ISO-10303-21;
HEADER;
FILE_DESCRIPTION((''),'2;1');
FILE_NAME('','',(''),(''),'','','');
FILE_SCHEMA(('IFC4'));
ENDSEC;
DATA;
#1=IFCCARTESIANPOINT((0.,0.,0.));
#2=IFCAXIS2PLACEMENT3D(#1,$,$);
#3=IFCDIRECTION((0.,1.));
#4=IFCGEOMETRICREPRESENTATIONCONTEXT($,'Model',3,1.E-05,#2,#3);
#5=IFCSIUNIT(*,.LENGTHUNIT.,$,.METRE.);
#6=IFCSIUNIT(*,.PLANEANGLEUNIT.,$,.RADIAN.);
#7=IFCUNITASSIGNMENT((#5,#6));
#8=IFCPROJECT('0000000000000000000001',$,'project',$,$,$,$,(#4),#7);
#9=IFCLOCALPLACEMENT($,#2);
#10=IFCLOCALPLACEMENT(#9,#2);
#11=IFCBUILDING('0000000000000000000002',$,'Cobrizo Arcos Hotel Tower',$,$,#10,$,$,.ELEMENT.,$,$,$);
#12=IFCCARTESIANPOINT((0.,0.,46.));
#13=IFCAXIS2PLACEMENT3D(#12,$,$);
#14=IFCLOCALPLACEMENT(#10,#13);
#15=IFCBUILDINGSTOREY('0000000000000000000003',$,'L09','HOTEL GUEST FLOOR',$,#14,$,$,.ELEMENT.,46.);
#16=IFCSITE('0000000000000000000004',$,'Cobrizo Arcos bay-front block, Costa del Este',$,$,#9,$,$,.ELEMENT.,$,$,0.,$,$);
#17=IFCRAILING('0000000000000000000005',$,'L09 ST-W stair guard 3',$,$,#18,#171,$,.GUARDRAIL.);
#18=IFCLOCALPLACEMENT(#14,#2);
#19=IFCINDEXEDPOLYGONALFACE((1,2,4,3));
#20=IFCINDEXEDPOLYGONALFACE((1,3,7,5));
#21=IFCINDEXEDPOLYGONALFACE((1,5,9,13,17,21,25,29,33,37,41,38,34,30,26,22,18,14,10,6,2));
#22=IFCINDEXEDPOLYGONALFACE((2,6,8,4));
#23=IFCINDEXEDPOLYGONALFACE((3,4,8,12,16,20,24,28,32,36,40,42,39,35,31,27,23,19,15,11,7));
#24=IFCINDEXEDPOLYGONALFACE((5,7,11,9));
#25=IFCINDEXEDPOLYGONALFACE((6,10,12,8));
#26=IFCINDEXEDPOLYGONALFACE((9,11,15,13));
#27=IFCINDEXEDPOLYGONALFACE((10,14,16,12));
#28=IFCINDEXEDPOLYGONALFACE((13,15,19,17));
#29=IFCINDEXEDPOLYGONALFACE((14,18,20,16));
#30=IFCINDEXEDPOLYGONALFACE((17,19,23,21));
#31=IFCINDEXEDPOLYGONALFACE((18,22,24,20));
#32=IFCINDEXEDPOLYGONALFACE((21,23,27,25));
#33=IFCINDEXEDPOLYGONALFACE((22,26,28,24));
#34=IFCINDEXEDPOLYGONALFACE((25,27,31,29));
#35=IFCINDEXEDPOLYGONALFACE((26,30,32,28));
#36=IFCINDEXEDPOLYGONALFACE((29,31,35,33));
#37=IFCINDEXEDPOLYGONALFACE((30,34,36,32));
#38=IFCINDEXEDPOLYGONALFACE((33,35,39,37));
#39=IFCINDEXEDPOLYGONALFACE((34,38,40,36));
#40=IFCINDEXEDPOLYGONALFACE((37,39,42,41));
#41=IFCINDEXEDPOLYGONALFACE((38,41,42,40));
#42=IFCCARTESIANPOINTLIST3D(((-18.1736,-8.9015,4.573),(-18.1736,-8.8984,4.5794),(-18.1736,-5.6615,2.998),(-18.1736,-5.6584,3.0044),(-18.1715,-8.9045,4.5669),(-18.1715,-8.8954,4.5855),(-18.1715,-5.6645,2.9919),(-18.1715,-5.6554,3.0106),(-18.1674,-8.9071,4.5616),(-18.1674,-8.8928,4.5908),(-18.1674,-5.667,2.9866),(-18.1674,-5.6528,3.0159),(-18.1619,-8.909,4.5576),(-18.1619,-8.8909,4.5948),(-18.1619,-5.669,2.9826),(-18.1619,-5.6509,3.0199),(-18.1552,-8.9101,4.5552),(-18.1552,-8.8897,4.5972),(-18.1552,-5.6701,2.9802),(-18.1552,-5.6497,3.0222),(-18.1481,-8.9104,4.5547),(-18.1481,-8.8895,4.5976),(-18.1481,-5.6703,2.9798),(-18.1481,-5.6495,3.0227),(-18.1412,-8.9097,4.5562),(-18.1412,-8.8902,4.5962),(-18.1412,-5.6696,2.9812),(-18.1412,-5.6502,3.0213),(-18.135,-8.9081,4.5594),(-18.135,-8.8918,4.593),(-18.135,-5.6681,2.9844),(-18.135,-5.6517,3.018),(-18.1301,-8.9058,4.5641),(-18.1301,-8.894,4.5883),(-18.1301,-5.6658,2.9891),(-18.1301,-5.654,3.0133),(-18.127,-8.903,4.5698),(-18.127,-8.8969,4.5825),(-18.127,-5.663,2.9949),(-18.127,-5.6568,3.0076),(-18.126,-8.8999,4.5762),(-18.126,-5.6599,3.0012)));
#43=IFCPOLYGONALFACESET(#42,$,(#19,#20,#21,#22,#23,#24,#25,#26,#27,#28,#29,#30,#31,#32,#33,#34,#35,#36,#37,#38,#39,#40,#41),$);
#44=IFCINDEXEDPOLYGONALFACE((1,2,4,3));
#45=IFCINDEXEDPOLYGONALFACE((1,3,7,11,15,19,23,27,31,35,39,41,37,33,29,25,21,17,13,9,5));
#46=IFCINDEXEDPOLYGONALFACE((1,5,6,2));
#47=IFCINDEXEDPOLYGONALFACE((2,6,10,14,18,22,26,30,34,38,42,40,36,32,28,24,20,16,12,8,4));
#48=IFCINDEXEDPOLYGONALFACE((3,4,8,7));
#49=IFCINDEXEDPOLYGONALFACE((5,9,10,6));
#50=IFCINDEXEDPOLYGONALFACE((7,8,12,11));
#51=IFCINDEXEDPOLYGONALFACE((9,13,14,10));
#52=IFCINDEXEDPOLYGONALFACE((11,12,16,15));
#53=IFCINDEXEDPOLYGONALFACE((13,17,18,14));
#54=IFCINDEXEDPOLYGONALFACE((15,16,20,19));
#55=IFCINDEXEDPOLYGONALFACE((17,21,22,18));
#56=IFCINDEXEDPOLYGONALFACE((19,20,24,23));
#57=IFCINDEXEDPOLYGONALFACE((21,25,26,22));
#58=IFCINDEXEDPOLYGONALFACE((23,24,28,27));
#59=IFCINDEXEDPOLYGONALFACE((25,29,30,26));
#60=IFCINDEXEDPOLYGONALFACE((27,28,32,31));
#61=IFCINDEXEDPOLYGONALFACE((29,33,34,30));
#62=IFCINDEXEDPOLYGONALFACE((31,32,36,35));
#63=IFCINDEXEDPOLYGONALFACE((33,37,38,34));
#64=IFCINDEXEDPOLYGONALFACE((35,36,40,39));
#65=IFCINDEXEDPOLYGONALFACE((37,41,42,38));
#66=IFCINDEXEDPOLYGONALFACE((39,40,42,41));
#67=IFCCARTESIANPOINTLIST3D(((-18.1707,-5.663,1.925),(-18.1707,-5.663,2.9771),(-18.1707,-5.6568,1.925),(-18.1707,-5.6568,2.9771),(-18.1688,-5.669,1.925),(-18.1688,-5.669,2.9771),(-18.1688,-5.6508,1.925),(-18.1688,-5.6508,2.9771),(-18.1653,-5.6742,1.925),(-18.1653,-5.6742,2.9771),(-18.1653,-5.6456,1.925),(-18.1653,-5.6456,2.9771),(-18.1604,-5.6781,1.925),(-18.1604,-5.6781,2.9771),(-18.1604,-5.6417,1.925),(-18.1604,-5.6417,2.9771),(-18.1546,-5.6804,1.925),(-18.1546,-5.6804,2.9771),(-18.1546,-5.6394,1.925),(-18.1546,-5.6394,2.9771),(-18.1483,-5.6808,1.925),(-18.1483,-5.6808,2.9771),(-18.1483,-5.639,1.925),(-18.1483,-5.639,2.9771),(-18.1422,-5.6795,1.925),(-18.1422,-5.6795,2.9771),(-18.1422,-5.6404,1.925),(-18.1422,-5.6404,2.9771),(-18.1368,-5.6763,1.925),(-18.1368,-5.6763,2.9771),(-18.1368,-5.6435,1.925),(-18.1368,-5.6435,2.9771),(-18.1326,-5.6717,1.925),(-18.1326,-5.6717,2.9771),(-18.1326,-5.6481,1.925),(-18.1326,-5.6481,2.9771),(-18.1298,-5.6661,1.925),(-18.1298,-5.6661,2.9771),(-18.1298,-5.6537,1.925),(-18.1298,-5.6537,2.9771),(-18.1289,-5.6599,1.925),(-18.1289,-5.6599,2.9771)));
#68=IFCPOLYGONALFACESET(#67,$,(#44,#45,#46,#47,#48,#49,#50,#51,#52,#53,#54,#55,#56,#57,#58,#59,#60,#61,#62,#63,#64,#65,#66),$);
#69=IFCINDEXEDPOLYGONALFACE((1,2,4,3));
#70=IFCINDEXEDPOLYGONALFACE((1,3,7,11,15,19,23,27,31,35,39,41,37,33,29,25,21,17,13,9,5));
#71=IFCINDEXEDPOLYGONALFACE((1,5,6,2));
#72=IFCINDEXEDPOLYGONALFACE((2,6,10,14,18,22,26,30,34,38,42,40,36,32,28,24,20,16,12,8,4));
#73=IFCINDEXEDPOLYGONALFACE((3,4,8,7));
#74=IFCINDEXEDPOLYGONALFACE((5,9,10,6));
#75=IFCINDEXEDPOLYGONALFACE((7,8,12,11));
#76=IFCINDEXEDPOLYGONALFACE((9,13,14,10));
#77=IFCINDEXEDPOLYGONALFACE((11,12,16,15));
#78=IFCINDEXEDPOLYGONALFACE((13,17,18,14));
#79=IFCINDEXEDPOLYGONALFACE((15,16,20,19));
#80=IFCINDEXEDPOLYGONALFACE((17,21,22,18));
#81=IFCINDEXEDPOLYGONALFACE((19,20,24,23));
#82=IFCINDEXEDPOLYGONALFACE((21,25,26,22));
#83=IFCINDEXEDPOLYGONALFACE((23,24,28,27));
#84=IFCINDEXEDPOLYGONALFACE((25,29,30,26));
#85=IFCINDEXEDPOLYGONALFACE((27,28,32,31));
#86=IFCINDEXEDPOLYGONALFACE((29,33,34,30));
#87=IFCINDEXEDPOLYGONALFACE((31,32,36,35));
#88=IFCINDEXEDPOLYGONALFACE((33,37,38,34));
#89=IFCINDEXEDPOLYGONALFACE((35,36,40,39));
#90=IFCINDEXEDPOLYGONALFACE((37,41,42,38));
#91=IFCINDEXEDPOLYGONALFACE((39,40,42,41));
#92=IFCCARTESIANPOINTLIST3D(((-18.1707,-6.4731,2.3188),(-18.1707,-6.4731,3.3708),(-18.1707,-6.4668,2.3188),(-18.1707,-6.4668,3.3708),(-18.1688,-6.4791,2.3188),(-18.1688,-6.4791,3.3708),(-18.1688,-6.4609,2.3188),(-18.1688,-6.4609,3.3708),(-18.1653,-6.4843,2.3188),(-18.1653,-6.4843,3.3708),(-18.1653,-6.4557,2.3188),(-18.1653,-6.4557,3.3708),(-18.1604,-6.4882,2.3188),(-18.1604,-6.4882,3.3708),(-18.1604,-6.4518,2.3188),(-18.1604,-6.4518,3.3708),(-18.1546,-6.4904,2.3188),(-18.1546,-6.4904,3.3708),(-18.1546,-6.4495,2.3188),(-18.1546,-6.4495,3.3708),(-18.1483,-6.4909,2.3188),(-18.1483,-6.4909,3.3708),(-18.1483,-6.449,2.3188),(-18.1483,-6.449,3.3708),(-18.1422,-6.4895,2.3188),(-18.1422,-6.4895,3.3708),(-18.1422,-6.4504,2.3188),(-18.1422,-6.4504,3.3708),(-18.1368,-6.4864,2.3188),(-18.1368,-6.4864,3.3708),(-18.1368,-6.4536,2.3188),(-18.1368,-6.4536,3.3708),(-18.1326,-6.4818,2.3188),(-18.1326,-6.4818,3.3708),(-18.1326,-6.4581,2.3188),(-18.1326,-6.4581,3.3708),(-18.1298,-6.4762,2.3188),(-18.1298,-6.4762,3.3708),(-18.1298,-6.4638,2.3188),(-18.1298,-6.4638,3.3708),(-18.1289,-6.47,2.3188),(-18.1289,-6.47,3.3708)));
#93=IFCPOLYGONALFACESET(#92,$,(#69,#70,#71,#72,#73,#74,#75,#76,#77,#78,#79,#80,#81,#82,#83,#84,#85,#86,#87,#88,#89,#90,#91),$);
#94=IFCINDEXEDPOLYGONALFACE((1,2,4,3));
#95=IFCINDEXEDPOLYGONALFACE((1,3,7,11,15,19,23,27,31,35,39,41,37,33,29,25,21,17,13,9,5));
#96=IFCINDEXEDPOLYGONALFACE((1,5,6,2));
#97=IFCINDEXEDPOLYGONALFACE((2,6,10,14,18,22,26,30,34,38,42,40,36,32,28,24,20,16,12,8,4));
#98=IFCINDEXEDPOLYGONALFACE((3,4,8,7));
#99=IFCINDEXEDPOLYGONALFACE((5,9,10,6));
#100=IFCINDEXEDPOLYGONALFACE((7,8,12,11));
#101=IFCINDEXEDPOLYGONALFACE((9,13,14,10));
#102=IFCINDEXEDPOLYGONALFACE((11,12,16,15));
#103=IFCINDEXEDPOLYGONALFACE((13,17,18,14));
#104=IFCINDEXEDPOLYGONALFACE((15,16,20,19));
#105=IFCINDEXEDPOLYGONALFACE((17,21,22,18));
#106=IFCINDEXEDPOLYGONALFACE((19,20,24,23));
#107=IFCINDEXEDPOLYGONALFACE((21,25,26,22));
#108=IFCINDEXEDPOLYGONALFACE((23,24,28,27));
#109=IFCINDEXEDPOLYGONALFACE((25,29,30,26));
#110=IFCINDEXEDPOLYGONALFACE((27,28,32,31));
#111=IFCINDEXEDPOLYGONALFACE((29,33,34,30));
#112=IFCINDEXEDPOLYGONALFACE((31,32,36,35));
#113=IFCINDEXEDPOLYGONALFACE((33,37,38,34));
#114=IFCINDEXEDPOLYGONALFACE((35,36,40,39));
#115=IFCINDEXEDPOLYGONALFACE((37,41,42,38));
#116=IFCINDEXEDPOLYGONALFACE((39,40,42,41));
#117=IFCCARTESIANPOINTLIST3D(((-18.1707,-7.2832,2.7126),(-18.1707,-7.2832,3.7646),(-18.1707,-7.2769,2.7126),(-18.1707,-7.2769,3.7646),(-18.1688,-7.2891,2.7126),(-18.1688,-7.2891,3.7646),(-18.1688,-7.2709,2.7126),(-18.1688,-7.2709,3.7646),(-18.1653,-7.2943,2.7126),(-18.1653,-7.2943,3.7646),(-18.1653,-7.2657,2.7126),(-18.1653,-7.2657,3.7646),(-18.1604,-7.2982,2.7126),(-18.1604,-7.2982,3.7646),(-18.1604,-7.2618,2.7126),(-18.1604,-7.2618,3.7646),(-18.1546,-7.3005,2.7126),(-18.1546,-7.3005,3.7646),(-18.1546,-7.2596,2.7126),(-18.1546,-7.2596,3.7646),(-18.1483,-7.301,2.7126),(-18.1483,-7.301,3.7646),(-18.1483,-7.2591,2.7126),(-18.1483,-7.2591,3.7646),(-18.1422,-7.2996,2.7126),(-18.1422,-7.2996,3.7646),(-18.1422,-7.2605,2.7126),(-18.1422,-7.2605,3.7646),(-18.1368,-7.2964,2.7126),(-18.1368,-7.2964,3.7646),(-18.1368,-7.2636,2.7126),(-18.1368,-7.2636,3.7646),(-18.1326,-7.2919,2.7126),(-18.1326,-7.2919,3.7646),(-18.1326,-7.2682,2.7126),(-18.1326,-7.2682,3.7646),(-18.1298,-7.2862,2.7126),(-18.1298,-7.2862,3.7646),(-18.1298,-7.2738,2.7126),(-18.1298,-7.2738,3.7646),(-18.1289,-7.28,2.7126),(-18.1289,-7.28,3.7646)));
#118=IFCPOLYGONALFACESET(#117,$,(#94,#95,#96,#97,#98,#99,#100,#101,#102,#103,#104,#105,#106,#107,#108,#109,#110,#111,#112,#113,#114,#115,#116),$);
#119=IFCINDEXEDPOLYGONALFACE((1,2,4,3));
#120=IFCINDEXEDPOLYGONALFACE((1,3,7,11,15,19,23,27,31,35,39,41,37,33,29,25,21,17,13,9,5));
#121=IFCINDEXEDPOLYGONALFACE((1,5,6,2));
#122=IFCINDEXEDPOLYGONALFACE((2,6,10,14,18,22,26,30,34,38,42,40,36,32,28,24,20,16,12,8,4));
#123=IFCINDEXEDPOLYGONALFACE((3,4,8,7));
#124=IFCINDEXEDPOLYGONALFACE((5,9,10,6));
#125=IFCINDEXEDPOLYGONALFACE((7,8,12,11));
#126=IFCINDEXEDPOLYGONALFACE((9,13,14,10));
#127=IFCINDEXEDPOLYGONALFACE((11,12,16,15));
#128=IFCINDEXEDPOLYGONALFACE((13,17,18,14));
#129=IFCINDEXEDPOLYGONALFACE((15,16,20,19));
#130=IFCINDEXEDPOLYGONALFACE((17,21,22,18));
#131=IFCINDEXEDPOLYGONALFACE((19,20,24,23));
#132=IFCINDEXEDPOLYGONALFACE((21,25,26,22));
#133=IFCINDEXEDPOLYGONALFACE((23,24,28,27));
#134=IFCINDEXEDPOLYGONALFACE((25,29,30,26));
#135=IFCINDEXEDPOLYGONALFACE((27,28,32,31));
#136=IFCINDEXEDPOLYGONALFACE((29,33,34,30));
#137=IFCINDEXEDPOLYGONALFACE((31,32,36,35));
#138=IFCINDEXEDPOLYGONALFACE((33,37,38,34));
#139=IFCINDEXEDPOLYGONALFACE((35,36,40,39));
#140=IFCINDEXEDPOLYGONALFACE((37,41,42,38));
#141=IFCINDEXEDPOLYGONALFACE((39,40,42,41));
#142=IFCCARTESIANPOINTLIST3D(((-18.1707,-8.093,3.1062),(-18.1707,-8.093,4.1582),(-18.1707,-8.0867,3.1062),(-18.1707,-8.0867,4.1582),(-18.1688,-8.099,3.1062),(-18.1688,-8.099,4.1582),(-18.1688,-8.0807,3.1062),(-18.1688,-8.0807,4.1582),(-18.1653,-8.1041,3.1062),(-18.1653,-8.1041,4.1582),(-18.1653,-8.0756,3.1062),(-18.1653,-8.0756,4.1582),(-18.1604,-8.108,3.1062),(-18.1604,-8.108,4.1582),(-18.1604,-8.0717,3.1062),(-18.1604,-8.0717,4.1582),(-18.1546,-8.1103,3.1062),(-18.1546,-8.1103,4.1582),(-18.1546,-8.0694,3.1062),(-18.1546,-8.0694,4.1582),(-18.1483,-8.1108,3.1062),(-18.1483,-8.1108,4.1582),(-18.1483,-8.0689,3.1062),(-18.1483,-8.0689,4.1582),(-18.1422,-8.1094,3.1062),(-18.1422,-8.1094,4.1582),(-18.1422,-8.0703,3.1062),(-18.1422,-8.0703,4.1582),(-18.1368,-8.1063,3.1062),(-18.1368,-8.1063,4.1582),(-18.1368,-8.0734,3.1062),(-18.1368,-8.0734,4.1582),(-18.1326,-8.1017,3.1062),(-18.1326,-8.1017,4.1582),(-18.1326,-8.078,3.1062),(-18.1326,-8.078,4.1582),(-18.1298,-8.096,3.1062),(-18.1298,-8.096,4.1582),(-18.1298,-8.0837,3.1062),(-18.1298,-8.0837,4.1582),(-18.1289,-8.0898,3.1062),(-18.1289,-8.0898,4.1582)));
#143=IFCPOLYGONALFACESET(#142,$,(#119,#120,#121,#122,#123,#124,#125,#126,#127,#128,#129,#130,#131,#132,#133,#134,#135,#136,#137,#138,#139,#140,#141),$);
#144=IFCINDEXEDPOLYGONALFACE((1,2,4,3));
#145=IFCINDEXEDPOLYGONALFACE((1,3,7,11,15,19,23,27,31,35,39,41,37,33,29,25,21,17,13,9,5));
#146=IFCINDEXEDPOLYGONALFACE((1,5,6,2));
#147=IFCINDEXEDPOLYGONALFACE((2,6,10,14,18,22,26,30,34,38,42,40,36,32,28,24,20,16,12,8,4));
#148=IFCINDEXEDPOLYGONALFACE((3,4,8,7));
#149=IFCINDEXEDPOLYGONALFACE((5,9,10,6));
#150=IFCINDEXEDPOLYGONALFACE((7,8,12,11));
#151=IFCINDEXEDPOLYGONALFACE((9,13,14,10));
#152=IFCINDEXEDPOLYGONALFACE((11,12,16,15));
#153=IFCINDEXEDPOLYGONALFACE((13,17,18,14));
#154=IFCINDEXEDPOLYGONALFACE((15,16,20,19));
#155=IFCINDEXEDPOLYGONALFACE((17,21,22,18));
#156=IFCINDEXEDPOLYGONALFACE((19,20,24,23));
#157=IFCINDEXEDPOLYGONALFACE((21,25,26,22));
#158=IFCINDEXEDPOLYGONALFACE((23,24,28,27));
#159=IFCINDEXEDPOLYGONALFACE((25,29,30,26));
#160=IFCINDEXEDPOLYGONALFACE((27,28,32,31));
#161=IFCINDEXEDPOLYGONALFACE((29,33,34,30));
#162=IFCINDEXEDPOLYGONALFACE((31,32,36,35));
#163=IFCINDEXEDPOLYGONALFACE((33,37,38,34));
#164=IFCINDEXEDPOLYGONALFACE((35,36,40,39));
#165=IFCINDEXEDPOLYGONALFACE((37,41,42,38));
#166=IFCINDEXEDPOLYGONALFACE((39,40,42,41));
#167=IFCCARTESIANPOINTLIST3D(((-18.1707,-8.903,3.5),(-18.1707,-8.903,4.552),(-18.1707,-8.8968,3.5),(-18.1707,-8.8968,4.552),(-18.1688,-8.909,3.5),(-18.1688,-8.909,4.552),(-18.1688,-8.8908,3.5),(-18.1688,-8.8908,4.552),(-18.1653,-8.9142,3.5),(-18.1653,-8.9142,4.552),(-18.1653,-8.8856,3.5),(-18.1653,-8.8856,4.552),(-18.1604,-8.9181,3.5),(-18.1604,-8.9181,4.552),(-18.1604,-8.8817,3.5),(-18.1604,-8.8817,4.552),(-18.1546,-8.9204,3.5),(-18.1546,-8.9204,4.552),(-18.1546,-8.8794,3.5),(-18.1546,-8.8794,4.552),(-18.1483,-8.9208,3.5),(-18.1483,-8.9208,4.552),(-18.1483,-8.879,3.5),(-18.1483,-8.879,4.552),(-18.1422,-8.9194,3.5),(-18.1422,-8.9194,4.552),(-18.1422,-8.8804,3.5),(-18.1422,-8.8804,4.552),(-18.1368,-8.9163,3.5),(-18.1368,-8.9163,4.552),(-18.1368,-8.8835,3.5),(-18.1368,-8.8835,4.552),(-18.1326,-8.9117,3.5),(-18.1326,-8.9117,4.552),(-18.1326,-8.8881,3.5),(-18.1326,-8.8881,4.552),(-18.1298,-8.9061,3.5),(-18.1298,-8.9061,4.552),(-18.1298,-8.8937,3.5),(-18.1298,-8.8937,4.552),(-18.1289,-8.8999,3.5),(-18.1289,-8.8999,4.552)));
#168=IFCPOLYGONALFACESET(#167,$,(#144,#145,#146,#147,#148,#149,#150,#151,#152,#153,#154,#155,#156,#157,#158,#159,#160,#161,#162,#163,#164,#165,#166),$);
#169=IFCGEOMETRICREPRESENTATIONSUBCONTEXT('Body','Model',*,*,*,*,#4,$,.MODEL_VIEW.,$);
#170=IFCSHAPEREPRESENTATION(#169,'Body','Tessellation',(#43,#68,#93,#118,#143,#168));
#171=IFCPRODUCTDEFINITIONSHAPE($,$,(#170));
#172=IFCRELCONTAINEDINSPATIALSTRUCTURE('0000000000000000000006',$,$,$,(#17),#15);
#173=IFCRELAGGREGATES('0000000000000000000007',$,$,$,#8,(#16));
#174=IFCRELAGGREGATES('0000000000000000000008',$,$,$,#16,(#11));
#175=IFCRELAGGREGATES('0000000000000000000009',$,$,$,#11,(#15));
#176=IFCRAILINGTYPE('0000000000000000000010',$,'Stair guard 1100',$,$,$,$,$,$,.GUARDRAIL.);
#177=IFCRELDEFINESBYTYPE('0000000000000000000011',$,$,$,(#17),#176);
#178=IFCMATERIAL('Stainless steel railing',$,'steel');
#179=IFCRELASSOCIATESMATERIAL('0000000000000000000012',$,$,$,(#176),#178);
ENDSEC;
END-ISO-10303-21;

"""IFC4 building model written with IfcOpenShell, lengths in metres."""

from ifc_helpers import new_model, si_unit, direction, frame, origin, origin_2d, place, context, subcontext, project, spatial, circle, extrude, material, type_object, element, save


model = new_model("IFC4")

# Units and contexts
model_context = context("Model", 3, precision=1e-05, world=origin(), true_north=direction((0.0, 1.0)))
body_context = subcontext(model_context, "Body", "Model", "MODEL_VIEW")
ifc_project = project(units=[si_unit("LENGTHUNIT", "METRE"), si_unit("PLANEANGLEUNIT", "RADIAN")], contexts=[model_context])

# Site, building, storey
site_placement = place(None, origin())
site = spatial("IfcSite", under=ifc_project, at=site_placement, Name="Cobrizo Arcos bay-front block, Costa del Este", CompositionType="ELEMENT", RefElevation=0.0)
building_placement = place(site_placement, origin())
building = spatial("IfcBuilding", under=site, at=building_placement, Name="Cobrizo Arcos Hotel Tower", CompositionType="ELEMENT")
storey_placement = place(building_placement, frame((0.0, 0.0, 46.0)))
storey = spatial("IfcBuildingStorey", under=building, at=storey_placement, Name="L09", Description="HOTEL GUEST FLOOR", CompositionType="ELEMENT", Elevation=46.0)

# Railing
ifc_material_1 = material(Name="Stainless steel railing", Category="steel")
railing_type_1 = type_object("IfcRailingType", Name="Stair guard 1100", PredefinedType="GUARDRAIL", material=ifc_material_1)
railing_1_placement = place(storey_placement, frame((-18.1499, -5.6599, 1.925)))
element("IfcRailing", 1, at=railing_1_placement, inside=storey, type_object=railing_type_1, Name="L09 ST-W stair guard 3", PredefinedType="GUARDRAIL", context=body_context, shape_type="SweptSolid", body=[
    extrude(circle(Radius=0.0239, at=origin_2d()), frame((0.0, 0.0, 1.0762), z_axis=(0.0, -0.899373, 0.437183), x_axis=(1.0, 0.0, 0.0)), (0.0, 0.0, 1.0), 3.6025),
    extrude(circle(Radius=0.021, at=origin_2d()), origin(), (0.0, 0.0, 1.0), 1.052),
    extrude(circle(Radius=0.021, at=origin_2d()), frame((0.0, -0.8101, 0.3938)), (0.0, 0.0, 1.0), 1.052),
    extrude(circle(Radius=0.021, at=origin_2d()), frame((0.0, -1.6201, 0.7876)), (0.0, 0.0, 1.0), 1.052),
    extrude(circle(Radius=0.021, at=origin_2d()), frame((0.0, -2.4299, 1.1812)), (0.0, 0.0, 1.0), 1.052),
    extrude(circle(Radius=0.021, at=origin_2d()), frame((0.0, -3.24, 1.575)), (0.0, 0.0, 1.0), 1.052),
])

save(model, "model.ifc")
